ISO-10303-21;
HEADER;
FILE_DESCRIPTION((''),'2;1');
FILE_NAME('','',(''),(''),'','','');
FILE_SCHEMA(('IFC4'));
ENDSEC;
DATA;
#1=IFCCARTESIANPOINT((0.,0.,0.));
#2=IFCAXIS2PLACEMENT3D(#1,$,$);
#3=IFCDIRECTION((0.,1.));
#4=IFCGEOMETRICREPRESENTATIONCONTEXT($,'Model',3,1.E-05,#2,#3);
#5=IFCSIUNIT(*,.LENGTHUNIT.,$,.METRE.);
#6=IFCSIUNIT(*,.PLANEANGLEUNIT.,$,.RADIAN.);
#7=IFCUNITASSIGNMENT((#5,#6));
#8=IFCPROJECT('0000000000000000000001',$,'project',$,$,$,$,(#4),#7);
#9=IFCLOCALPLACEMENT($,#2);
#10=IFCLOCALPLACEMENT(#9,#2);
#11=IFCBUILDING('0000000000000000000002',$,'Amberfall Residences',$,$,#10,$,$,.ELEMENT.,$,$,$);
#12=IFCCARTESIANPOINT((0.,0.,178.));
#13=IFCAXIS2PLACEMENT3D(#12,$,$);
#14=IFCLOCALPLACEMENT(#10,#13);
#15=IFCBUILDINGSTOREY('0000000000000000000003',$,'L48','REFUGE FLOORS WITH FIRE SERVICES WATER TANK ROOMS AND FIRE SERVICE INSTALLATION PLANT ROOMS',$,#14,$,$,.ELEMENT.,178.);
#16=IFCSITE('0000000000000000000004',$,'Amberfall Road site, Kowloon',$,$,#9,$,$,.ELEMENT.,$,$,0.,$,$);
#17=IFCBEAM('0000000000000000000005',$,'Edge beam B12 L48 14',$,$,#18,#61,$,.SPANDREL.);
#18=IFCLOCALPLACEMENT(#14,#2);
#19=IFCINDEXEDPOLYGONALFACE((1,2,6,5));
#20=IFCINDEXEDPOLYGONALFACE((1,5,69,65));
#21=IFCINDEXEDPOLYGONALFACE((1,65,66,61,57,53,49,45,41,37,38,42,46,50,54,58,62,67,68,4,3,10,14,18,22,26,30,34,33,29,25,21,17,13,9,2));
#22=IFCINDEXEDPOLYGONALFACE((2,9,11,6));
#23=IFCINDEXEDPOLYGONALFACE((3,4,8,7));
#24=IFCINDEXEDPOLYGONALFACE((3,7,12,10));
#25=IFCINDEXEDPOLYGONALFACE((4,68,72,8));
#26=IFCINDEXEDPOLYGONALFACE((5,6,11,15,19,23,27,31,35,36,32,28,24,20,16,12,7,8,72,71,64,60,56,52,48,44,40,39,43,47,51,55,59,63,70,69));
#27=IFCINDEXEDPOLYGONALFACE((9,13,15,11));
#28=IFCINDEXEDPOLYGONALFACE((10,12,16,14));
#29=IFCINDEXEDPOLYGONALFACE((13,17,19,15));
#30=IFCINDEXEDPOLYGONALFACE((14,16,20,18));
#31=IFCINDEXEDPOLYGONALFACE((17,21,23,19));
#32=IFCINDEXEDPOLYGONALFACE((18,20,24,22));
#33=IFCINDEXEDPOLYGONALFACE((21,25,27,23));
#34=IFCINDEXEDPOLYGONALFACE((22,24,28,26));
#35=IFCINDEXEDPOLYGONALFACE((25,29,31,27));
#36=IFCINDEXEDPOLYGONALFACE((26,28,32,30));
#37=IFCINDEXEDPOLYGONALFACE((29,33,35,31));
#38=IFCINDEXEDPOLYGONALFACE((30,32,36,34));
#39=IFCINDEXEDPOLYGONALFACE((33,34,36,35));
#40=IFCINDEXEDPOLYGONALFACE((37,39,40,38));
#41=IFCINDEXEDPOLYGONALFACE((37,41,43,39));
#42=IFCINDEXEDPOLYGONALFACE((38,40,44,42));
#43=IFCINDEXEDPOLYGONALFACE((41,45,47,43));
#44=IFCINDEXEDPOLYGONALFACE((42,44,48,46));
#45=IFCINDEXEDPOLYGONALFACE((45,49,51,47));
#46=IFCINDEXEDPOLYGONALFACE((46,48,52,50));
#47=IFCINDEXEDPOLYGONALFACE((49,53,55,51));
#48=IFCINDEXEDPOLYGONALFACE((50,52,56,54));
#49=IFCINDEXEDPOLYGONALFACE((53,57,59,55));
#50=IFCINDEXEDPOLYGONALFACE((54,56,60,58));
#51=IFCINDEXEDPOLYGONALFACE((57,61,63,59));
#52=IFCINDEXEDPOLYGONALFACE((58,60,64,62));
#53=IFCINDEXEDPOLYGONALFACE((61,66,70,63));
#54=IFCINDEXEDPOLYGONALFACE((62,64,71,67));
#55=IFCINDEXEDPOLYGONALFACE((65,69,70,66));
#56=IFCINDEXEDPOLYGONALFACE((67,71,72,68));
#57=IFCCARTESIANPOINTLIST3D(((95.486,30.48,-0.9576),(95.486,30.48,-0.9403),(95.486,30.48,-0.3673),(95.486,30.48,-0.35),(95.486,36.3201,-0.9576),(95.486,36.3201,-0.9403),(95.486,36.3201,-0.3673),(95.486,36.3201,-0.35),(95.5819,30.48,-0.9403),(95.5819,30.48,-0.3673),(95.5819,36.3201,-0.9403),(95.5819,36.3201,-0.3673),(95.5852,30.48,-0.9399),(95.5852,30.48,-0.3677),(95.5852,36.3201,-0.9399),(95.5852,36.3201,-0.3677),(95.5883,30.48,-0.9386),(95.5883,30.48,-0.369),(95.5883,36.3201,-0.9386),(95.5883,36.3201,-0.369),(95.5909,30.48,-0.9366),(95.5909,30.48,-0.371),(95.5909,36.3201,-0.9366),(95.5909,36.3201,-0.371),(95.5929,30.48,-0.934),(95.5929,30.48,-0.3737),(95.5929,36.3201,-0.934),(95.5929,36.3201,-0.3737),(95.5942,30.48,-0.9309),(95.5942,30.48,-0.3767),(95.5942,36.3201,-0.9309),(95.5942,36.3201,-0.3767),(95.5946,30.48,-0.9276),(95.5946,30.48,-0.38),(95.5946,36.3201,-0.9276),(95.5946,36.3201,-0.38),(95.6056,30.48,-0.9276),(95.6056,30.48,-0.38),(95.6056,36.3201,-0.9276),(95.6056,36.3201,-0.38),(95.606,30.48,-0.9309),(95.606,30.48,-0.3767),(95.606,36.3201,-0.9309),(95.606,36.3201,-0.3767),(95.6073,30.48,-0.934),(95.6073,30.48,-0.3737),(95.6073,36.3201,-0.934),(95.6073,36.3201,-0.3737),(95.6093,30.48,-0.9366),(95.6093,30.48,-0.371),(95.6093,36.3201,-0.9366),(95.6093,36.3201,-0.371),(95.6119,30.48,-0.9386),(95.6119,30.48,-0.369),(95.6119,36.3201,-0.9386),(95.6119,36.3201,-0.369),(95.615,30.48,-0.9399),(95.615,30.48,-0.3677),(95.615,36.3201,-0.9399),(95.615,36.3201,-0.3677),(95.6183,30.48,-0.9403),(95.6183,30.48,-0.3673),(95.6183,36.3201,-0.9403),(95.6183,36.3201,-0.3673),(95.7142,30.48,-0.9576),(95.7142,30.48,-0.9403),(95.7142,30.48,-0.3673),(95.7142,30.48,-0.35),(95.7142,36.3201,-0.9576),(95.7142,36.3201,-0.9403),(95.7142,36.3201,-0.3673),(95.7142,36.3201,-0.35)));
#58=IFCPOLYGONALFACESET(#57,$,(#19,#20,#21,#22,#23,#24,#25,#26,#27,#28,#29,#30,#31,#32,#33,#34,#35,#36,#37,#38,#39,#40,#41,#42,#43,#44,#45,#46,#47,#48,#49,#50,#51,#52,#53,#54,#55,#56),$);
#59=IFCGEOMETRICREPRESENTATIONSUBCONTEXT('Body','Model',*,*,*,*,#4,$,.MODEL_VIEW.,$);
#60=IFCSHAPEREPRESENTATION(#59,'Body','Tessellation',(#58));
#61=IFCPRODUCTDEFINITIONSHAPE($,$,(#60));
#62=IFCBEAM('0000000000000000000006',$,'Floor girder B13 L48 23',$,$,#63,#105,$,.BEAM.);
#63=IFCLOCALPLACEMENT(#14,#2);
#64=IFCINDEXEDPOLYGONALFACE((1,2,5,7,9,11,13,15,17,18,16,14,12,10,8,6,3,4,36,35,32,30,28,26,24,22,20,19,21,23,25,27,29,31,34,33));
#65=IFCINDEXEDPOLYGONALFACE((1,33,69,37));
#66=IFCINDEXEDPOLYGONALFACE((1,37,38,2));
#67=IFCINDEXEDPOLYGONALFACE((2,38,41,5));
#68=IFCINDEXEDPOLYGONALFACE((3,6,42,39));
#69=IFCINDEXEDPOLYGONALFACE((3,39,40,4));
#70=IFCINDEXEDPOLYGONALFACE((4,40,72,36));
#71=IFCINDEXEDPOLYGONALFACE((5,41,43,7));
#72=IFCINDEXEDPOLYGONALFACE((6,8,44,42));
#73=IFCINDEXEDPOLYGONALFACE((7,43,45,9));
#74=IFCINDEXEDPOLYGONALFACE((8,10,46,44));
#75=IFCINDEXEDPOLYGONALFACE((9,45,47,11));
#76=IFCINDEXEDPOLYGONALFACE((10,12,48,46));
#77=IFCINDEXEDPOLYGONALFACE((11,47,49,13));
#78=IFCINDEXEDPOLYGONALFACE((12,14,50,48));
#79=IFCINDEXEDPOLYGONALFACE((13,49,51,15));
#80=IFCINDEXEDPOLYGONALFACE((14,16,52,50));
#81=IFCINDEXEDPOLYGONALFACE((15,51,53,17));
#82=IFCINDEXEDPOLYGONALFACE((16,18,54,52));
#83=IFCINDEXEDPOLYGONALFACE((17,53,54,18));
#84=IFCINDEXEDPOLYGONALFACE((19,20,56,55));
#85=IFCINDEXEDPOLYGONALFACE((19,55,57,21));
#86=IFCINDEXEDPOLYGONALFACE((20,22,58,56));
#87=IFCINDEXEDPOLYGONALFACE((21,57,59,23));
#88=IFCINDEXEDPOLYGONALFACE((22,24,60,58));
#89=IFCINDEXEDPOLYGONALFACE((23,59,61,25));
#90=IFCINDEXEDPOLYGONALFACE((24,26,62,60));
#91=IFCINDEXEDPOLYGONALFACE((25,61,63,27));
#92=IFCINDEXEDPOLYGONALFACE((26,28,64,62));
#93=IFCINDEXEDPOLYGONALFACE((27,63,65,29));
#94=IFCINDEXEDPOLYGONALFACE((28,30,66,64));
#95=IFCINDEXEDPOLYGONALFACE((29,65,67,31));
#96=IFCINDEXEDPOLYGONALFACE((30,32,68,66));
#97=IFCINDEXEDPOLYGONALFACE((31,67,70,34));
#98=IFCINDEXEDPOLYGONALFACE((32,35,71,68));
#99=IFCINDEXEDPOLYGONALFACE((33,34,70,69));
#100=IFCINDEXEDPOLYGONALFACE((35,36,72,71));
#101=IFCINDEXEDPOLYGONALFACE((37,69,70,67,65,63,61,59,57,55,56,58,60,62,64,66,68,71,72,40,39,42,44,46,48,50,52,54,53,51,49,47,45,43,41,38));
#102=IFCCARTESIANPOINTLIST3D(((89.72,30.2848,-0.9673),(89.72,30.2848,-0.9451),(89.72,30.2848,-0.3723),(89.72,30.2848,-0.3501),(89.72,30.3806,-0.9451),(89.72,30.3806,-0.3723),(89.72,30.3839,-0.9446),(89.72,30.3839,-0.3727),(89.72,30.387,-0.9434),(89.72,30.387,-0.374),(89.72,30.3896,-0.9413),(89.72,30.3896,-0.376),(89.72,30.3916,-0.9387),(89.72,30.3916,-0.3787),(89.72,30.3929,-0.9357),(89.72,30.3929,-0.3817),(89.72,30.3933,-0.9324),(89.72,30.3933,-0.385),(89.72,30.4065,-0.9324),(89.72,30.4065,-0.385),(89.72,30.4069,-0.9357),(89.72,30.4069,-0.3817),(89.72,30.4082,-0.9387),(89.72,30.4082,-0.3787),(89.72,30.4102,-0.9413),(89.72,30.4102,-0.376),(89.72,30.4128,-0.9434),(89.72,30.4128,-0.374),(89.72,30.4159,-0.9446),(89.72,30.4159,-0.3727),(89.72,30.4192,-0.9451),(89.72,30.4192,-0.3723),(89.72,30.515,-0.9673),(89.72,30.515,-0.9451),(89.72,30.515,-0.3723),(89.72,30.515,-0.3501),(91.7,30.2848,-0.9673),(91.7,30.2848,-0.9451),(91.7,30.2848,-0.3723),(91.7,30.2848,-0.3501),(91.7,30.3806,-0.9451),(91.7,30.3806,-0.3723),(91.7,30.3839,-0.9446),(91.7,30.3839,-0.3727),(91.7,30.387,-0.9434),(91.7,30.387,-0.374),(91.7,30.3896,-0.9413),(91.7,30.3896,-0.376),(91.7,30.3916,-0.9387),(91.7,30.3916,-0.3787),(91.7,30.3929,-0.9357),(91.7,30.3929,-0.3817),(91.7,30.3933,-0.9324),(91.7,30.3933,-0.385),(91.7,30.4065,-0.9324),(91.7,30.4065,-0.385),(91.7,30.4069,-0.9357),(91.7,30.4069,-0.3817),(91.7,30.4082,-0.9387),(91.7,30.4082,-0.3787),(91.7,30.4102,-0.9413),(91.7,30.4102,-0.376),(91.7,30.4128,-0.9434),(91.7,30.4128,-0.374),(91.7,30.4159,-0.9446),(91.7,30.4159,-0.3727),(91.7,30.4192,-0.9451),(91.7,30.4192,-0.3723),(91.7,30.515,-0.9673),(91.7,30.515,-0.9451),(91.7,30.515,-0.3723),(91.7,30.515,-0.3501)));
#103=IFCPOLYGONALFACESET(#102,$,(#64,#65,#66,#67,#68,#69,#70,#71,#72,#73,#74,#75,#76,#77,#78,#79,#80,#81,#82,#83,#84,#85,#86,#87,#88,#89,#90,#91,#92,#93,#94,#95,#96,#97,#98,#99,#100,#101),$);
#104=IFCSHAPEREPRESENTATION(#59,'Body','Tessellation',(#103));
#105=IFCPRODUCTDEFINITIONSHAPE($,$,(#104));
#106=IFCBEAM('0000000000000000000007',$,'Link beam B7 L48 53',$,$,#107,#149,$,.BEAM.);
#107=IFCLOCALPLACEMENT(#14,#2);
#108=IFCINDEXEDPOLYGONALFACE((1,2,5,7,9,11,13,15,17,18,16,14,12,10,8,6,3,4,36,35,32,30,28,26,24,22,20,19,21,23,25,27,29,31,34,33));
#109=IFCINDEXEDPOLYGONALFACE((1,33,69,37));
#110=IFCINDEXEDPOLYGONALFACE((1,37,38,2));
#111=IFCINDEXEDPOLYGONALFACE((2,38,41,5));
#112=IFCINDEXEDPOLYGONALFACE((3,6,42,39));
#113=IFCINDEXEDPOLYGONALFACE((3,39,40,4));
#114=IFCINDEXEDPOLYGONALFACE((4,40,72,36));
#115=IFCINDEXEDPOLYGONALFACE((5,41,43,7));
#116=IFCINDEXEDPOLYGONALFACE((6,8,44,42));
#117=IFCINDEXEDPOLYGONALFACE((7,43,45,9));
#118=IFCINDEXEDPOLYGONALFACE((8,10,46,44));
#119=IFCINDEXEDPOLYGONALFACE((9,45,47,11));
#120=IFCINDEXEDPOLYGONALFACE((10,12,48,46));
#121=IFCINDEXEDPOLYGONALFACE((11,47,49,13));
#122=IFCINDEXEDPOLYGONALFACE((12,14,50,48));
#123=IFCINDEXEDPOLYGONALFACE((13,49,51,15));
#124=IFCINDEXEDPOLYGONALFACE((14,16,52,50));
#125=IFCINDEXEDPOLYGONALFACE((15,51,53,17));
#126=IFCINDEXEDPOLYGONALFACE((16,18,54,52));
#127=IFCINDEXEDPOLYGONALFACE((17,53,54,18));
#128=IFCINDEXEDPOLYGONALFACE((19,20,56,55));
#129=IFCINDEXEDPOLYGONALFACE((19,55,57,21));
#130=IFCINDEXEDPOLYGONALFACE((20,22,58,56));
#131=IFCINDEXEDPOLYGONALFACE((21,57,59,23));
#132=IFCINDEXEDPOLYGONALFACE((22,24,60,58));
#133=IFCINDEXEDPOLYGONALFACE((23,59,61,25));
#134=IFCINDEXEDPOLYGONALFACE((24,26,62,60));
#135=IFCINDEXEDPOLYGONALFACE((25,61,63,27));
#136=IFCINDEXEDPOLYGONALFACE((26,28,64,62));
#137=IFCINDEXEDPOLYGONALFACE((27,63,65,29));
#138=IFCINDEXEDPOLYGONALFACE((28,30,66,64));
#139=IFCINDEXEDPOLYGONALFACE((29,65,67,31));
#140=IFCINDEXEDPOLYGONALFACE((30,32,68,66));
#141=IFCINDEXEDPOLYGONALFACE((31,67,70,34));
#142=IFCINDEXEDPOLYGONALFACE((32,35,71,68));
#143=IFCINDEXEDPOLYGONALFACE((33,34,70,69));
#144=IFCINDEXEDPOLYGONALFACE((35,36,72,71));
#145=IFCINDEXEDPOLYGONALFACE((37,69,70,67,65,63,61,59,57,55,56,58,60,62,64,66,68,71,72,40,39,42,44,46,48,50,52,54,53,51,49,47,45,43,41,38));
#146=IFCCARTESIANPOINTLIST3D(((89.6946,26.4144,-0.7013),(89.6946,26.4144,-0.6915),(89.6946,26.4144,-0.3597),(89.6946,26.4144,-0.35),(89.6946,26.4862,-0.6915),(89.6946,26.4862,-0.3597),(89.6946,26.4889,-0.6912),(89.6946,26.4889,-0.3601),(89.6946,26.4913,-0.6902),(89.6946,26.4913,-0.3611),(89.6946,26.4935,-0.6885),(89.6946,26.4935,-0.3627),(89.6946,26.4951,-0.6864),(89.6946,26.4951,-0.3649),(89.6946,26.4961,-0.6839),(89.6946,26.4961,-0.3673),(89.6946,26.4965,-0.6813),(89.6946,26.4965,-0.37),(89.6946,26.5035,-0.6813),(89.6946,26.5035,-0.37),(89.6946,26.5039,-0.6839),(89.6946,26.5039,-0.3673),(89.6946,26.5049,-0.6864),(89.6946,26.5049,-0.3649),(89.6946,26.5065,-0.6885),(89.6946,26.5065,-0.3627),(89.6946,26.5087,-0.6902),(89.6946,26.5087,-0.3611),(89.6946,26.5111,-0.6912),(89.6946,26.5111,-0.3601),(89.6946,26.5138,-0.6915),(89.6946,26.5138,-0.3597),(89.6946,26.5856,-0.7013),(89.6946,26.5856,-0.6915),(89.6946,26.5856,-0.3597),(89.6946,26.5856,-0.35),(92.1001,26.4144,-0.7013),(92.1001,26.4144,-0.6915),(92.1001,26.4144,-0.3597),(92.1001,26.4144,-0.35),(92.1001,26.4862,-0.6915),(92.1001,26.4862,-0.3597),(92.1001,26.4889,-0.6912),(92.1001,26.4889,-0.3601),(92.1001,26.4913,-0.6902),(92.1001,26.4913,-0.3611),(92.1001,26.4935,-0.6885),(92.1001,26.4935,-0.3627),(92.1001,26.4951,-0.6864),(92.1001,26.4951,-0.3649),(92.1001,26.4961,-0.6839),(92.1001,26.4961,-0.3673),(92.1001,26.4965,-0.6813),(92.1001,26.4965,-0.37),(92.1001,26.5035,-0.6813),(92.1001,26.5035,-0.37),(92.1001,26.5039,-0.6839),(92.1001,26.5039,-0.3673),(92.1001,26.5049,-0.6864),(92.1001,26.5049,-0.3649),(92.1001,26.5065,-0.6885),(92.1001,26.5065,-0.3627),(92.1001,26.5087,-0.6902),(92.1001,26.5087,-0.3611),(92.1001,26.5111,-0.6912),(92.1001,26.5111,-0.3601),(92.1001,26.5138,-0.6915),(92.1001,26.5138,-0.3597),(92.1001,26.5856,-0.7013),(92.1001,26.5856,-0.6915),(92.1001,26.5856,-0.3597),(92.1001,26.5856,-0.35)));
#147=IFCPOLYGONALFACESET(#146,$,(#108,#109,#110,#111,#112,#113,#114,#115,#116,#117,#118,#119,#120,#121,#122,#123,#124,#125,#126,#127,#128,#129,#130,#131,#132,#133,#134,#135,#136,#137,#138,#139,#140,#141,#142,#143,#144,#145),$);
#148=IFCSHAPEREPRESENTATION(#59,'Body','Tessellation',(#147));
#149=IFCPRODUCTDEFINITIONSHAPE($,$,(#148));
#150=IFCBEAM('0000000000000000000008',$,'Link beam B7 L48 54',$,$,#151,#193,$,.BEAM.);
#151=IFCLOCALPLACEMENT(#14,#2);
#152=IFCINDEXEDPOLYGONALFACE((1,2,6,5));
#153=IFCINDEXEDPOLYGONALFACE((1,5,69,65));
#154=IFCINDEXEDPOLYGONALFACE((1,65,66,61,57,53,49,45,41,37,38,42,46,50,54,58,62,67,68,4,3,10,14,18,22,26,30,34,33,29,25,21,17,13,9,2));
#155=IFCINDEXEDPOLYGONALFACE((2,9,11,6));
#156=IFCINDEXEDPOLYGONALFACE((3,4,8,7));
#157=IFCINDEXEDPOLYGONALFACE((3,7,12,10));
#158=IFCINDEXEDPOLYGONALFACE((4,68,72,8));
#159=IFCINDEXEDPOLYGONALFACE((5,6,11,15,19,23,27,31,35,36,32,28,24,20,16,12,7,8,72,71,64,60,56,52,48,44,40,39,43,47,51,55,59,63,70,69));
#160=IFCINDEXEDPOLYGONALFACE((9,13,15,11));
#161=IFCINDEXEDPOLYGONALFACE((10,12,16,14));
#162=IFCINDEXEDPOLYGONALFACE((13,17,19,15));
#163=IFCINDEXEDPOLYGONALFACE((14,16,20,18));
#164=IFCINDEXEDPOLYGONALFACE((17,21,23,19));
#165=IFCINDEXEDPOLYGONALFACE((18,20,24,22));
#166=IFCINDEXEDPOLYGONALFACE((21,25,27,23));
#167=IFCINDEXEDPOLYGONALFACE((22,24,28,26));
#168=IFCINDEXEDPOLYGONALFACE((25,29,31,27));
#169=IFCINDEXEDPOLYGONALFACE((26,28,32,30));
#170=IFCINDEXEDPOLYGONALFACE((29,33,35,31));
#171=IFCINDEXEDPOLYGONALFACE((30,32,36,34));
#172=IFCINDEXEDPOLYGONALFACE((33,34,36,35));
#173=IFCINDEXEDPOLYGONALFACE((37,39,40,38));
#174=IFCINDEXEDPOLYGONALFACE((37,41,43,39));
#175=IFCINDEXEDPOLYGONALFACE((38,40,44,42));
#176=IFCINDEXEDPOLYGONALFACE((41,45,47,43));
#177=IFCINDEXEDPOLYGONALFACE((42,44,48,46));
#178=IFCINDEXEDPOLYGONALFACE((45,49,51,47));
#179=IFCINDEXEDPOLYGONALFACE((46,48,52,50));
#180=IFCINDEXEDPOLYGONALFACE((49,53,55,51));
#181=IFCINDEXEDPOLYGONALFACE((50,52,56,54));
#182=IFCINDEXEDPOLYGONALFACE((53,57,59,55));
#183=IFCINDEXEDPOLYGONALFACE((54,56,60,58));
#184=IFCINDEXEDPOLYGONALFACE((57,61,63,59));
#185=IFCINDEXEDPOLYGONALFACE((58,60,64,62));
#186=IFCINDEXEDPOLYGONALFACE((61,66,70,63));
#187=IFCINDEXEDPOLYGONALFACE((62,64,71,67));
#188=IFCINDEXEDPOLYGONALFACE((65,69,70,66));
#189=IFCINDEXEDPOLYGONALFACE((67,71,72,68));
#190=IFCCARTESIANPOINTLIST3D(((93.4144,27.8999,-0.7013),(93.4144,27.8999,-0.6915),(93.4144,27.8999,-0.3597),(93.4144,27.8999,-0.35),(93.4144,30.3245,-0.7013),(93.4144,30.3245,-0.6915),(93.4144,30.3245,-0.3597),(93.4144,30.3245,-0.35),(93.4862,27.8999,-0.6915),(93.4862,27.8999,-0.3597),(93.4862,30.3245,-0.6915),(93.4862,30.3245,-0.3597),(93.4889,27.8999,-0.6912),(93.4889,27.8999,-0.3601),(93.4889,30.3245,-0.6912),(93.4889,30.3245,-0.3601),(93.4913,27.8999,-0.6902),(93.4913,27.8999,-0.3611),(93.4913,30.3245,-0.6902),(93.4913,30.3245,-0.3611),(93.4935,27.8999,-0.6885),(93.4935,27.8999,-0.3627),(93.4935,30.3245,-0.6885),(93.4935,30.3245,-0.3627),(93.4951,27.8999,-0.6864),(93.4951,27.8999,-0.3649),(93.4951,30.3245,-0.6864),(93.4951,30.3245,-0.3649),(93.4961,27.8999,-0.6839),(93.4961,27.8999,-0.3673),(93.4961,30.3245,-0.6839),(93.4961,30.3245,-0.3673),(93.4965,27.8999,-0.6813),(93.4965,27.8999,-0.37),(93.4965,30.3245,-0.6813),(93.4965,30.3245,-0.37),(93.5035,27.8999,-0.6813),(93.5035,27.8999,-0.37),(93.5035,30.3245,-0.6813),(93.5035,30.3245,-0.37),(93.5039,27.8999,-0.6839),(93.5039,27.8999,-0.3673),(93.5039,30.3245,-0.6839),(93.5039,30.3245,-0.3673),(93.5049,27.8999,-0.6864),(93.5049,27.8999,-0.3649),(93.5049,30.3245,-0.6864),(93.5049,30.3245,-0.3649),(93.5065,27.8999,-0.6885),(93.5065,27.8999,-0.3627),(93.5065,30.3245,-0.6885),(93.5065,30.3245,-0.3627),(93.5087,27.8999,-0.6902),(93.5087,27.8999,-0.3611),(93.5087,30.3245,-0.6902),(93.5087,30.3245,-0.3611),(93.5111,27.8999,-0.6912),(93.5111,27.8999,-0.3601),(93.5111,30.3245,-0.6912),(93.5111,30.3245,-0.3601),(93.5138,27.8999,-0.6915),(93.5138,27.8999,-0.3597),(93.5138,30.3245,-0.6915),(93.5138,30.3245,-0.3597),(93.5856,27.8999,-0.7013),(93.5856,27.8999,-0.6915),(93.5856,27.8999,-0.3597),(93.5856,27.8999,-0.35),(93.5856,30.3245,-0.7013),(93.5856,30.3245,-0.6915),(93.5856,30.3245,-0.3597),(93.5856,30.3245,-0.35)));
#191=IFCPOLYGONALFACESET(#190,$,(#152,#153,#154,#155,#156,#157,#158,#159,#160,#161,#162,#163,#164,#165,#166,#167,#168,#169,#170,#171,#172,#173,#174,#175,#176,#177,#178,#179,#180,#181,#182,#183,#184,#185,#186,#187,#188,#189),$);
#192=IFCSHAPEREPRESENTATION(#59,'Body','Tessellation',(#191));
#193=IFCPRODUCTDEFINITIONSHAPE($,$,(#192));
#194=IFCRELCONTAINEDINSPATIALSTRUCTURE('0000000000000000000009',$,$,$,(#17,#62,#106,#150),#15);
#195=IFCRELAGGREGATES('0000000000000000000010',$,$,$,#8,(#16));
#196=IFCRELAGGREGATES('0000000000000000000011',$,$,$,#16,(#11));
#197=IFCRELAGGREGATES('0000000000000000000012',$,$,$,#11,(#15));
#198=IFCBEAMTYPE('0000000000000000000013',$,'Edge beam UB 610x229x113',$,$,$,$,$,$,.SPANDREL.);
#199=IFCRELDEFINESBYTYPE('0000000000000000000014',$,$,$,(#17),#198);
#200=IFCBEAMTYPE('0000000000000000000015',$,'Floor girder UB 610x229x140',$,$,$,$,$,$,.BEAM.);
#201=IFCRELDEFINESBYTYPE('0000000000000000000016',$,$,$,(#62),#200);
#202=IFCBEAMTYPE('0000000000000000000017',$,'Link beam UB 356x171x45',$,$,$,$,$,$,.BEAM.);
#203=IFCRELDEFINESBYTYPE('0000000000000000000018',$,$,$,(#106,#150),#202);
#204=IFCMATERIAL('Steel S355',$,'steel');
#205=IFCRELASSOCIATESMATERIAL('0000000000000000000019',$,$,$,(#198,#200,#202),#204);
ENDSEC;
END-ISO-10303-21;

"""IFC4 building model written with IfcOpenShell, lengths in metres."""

from ifc_helpers import new_model, si_unit, direction, frame, origin, origin_2d, place, context, subcontext, project, spatial, i_section, extrude, material, material_profile, profile_set, type_object, element, save


model = new_model("IFC4")

# Units and contexts
model_context = context("Model", 3, precision=1e-05, world=origin(), true_north=direction((0.0, 1.0)))
body_context = subcontext(model_context, "Body", "Model", "MODEL_VIEW")
ifc_project = project(units=[si_unit("LENGTHUNIT", "METRE"), si_unit("PLANEANGLEUNIT", "RADIAN")], contexts=[model_context])

# Site, building, storey
site_placement = place(None, origin())
site = spatial("IfcSite", under=ifc_project, at=site_placement, Name="Amberfall Road site, Kowloon", CompositionType="ELEMENT", RefElevation=0.0)
building_placement = place(site_placement, origin())
building = spatial("IfcBuilding", under=site, at=building_placement, Name="Amberfall Residences", CompositionType="ELEMENT")
storey_placement = place(building_placement, frame((0.0, 0.0, 178.0)))
storey = spatial("IfcBuildingStorey", under=building, at=storey_placement, Name="L48", Description="REFUGE FLOORS WITH FIRE SERVICES WATER TANK ROOMS AND FIRE SERVICE INSTALLATION PLANT ROOMS", CompositionType="ELEMENT", Elevation=178.0)

# Shared definitions
ifc_material_1 = material(Name="Steel S355", Category="steel")

# Beams
ifc_material_profile_1 = material_profile(ifc_material_1, i_section(OverallWidth=0.2283, OverallDepth=0.6077, WebThickness=0.011, FlangeThickness=0.0173, FilletRadius=0.0127, at=origin_2d()), Name="UB 610x229x113")
ifc_profile_set_1 = profile_set([ifc_material_profile_1], Name="Steel S355")
beam_type_1 = type_object("IfcBeamType", Name="Edge beam UB 610x229x113", PredefinedType="SPANDREL", material=ifc_profile_set_1)
beam_1_placement = place(storey_placement, frame((95.6001, 30.48, -0.6538), z_axis=(0.0, 1.0, 0.0), x_axis=(-1.0, 0.0, 0.0)))
element("IfcBeam", 1, at=beam_1_placement, inside=storey, type_object=beam_type_1, Name="Edge beam B12 L48 14", PredefinedType="SPANDREL", context=body_context, shape_type="SweptSolid", body=[
    extrude(i_section(OverallWidth=0.2283, OverallDepth=0.6077, WebThickness=0.011, FlangeThickness=0.0173, FilletRadius=0.0127, at=origin_2d()), origin(), (0.0, 0.0, 1.0), 5.8401),
])
ifc_material_profile_2 = material_profile(ifc_material_1, i_section(OverallWidth=0.2302, OverallDepth=0.6172, WebThickness=0.0132, FlangeThickness=0.0222, FilletRadius=0.0127, at=origin_2d()), Name="UB 610x229x140")
ifc_profile_set_2 = profile_set([ifc_material_profile_2], Name="Steel S355")
beam_type_2 = type_object("IfcBeamType", Name="Floor girder UB 610x229x140", PredefinedType="BEAM", material=ifc_profile_set_2)
beam_2_placement = place(storey_placement, frame((91.7, 30.3999, -0.6587), z_axis=(-1.0, 0.0, 0.0), x_axis=(0.0, -1.0, 0.0)))
element("IfcBeam", 2, at=beam_2_placement, inside=storey, type_object=beam_type_2, Name="Floor girder B13 L48 23", PredefinedType="BEAM", context=body_context, shape_type="SweptSolid", body=[
    extrude(i_section(OverallWidth=0.2302, OverallDepth=0.6172, WebThickness=0.0132, FlangeThickness=0.0222, FilletRadius=0.0127, at=origin_2d()), origin(), (0.0, 0.0, 1.0), 1.98),
])
ifc_material_profile_3 = material_profile(ifc_material_1, i_section(OverallWidth=0.1711, OverallDepth=0.3513, WebThickness=0.0071, FlangeThickness=0.0098, FilletRadius=0.0103, at=origin_2d()), Name="UB 356x171x45")
ifc_profile_set_3 = profile_set([ifc_material_profile_3], Name="Steel S355")
beam_type_3 = type_object("IfcBeamType", Name="Link beam UB 356x171x45", PredefinedType="BEAM", material=ifc_profile_set_3)
beam_3_placement = place(storey_placement, frame((92.1001, 26.5, -0.5256), z_axis=(-1.0, 0.0, 0.0), x_axis=(0.0, -1.0, 0.0)))
element("IfcBeam", 3, at=beam_3_placement, inside=storey, type_object=beam_type_3, Name="Link beam B7 L48 53", PredefinedType="BEAM", context=body_context, shape_type="SweptSolid", body=[
    extrude(i_section(OverallWidth=0.1711, OverallDepth=0.3513, WebThickness=0.0071, FlangeThickness=0.0098, FilletRadius=0.0103, at=origin_2d()), origin(), (0.0, 0.0, 1.0), 2.4055),
])
beam_4_placement = place(storey_placement, frame((93.5, 27.8999, -0.5256), z_axis=(0.0, 1.0, 0.0), x_axis=(-1.0, 0.0, 0.0)))
element("IfcBeam", 4, at=beam_4_placement, inside=storey, type_object=beam_type_3, Name="Link beam B7 L48 54", PredefinedType="BEAM", context=body_context, shape_type="SweptSolid", body=[
    extrude(i_section(OverallWidth=0.1711, OverallDepth=0.3513, WebThickness=0.0071, FlangeThickness=0.0098, FilletRadius=0.0103, at=origin_2d()), origin(), (0.0, 0.0, 1.0), 2.4246),
])

save(model, "model.ifc")
